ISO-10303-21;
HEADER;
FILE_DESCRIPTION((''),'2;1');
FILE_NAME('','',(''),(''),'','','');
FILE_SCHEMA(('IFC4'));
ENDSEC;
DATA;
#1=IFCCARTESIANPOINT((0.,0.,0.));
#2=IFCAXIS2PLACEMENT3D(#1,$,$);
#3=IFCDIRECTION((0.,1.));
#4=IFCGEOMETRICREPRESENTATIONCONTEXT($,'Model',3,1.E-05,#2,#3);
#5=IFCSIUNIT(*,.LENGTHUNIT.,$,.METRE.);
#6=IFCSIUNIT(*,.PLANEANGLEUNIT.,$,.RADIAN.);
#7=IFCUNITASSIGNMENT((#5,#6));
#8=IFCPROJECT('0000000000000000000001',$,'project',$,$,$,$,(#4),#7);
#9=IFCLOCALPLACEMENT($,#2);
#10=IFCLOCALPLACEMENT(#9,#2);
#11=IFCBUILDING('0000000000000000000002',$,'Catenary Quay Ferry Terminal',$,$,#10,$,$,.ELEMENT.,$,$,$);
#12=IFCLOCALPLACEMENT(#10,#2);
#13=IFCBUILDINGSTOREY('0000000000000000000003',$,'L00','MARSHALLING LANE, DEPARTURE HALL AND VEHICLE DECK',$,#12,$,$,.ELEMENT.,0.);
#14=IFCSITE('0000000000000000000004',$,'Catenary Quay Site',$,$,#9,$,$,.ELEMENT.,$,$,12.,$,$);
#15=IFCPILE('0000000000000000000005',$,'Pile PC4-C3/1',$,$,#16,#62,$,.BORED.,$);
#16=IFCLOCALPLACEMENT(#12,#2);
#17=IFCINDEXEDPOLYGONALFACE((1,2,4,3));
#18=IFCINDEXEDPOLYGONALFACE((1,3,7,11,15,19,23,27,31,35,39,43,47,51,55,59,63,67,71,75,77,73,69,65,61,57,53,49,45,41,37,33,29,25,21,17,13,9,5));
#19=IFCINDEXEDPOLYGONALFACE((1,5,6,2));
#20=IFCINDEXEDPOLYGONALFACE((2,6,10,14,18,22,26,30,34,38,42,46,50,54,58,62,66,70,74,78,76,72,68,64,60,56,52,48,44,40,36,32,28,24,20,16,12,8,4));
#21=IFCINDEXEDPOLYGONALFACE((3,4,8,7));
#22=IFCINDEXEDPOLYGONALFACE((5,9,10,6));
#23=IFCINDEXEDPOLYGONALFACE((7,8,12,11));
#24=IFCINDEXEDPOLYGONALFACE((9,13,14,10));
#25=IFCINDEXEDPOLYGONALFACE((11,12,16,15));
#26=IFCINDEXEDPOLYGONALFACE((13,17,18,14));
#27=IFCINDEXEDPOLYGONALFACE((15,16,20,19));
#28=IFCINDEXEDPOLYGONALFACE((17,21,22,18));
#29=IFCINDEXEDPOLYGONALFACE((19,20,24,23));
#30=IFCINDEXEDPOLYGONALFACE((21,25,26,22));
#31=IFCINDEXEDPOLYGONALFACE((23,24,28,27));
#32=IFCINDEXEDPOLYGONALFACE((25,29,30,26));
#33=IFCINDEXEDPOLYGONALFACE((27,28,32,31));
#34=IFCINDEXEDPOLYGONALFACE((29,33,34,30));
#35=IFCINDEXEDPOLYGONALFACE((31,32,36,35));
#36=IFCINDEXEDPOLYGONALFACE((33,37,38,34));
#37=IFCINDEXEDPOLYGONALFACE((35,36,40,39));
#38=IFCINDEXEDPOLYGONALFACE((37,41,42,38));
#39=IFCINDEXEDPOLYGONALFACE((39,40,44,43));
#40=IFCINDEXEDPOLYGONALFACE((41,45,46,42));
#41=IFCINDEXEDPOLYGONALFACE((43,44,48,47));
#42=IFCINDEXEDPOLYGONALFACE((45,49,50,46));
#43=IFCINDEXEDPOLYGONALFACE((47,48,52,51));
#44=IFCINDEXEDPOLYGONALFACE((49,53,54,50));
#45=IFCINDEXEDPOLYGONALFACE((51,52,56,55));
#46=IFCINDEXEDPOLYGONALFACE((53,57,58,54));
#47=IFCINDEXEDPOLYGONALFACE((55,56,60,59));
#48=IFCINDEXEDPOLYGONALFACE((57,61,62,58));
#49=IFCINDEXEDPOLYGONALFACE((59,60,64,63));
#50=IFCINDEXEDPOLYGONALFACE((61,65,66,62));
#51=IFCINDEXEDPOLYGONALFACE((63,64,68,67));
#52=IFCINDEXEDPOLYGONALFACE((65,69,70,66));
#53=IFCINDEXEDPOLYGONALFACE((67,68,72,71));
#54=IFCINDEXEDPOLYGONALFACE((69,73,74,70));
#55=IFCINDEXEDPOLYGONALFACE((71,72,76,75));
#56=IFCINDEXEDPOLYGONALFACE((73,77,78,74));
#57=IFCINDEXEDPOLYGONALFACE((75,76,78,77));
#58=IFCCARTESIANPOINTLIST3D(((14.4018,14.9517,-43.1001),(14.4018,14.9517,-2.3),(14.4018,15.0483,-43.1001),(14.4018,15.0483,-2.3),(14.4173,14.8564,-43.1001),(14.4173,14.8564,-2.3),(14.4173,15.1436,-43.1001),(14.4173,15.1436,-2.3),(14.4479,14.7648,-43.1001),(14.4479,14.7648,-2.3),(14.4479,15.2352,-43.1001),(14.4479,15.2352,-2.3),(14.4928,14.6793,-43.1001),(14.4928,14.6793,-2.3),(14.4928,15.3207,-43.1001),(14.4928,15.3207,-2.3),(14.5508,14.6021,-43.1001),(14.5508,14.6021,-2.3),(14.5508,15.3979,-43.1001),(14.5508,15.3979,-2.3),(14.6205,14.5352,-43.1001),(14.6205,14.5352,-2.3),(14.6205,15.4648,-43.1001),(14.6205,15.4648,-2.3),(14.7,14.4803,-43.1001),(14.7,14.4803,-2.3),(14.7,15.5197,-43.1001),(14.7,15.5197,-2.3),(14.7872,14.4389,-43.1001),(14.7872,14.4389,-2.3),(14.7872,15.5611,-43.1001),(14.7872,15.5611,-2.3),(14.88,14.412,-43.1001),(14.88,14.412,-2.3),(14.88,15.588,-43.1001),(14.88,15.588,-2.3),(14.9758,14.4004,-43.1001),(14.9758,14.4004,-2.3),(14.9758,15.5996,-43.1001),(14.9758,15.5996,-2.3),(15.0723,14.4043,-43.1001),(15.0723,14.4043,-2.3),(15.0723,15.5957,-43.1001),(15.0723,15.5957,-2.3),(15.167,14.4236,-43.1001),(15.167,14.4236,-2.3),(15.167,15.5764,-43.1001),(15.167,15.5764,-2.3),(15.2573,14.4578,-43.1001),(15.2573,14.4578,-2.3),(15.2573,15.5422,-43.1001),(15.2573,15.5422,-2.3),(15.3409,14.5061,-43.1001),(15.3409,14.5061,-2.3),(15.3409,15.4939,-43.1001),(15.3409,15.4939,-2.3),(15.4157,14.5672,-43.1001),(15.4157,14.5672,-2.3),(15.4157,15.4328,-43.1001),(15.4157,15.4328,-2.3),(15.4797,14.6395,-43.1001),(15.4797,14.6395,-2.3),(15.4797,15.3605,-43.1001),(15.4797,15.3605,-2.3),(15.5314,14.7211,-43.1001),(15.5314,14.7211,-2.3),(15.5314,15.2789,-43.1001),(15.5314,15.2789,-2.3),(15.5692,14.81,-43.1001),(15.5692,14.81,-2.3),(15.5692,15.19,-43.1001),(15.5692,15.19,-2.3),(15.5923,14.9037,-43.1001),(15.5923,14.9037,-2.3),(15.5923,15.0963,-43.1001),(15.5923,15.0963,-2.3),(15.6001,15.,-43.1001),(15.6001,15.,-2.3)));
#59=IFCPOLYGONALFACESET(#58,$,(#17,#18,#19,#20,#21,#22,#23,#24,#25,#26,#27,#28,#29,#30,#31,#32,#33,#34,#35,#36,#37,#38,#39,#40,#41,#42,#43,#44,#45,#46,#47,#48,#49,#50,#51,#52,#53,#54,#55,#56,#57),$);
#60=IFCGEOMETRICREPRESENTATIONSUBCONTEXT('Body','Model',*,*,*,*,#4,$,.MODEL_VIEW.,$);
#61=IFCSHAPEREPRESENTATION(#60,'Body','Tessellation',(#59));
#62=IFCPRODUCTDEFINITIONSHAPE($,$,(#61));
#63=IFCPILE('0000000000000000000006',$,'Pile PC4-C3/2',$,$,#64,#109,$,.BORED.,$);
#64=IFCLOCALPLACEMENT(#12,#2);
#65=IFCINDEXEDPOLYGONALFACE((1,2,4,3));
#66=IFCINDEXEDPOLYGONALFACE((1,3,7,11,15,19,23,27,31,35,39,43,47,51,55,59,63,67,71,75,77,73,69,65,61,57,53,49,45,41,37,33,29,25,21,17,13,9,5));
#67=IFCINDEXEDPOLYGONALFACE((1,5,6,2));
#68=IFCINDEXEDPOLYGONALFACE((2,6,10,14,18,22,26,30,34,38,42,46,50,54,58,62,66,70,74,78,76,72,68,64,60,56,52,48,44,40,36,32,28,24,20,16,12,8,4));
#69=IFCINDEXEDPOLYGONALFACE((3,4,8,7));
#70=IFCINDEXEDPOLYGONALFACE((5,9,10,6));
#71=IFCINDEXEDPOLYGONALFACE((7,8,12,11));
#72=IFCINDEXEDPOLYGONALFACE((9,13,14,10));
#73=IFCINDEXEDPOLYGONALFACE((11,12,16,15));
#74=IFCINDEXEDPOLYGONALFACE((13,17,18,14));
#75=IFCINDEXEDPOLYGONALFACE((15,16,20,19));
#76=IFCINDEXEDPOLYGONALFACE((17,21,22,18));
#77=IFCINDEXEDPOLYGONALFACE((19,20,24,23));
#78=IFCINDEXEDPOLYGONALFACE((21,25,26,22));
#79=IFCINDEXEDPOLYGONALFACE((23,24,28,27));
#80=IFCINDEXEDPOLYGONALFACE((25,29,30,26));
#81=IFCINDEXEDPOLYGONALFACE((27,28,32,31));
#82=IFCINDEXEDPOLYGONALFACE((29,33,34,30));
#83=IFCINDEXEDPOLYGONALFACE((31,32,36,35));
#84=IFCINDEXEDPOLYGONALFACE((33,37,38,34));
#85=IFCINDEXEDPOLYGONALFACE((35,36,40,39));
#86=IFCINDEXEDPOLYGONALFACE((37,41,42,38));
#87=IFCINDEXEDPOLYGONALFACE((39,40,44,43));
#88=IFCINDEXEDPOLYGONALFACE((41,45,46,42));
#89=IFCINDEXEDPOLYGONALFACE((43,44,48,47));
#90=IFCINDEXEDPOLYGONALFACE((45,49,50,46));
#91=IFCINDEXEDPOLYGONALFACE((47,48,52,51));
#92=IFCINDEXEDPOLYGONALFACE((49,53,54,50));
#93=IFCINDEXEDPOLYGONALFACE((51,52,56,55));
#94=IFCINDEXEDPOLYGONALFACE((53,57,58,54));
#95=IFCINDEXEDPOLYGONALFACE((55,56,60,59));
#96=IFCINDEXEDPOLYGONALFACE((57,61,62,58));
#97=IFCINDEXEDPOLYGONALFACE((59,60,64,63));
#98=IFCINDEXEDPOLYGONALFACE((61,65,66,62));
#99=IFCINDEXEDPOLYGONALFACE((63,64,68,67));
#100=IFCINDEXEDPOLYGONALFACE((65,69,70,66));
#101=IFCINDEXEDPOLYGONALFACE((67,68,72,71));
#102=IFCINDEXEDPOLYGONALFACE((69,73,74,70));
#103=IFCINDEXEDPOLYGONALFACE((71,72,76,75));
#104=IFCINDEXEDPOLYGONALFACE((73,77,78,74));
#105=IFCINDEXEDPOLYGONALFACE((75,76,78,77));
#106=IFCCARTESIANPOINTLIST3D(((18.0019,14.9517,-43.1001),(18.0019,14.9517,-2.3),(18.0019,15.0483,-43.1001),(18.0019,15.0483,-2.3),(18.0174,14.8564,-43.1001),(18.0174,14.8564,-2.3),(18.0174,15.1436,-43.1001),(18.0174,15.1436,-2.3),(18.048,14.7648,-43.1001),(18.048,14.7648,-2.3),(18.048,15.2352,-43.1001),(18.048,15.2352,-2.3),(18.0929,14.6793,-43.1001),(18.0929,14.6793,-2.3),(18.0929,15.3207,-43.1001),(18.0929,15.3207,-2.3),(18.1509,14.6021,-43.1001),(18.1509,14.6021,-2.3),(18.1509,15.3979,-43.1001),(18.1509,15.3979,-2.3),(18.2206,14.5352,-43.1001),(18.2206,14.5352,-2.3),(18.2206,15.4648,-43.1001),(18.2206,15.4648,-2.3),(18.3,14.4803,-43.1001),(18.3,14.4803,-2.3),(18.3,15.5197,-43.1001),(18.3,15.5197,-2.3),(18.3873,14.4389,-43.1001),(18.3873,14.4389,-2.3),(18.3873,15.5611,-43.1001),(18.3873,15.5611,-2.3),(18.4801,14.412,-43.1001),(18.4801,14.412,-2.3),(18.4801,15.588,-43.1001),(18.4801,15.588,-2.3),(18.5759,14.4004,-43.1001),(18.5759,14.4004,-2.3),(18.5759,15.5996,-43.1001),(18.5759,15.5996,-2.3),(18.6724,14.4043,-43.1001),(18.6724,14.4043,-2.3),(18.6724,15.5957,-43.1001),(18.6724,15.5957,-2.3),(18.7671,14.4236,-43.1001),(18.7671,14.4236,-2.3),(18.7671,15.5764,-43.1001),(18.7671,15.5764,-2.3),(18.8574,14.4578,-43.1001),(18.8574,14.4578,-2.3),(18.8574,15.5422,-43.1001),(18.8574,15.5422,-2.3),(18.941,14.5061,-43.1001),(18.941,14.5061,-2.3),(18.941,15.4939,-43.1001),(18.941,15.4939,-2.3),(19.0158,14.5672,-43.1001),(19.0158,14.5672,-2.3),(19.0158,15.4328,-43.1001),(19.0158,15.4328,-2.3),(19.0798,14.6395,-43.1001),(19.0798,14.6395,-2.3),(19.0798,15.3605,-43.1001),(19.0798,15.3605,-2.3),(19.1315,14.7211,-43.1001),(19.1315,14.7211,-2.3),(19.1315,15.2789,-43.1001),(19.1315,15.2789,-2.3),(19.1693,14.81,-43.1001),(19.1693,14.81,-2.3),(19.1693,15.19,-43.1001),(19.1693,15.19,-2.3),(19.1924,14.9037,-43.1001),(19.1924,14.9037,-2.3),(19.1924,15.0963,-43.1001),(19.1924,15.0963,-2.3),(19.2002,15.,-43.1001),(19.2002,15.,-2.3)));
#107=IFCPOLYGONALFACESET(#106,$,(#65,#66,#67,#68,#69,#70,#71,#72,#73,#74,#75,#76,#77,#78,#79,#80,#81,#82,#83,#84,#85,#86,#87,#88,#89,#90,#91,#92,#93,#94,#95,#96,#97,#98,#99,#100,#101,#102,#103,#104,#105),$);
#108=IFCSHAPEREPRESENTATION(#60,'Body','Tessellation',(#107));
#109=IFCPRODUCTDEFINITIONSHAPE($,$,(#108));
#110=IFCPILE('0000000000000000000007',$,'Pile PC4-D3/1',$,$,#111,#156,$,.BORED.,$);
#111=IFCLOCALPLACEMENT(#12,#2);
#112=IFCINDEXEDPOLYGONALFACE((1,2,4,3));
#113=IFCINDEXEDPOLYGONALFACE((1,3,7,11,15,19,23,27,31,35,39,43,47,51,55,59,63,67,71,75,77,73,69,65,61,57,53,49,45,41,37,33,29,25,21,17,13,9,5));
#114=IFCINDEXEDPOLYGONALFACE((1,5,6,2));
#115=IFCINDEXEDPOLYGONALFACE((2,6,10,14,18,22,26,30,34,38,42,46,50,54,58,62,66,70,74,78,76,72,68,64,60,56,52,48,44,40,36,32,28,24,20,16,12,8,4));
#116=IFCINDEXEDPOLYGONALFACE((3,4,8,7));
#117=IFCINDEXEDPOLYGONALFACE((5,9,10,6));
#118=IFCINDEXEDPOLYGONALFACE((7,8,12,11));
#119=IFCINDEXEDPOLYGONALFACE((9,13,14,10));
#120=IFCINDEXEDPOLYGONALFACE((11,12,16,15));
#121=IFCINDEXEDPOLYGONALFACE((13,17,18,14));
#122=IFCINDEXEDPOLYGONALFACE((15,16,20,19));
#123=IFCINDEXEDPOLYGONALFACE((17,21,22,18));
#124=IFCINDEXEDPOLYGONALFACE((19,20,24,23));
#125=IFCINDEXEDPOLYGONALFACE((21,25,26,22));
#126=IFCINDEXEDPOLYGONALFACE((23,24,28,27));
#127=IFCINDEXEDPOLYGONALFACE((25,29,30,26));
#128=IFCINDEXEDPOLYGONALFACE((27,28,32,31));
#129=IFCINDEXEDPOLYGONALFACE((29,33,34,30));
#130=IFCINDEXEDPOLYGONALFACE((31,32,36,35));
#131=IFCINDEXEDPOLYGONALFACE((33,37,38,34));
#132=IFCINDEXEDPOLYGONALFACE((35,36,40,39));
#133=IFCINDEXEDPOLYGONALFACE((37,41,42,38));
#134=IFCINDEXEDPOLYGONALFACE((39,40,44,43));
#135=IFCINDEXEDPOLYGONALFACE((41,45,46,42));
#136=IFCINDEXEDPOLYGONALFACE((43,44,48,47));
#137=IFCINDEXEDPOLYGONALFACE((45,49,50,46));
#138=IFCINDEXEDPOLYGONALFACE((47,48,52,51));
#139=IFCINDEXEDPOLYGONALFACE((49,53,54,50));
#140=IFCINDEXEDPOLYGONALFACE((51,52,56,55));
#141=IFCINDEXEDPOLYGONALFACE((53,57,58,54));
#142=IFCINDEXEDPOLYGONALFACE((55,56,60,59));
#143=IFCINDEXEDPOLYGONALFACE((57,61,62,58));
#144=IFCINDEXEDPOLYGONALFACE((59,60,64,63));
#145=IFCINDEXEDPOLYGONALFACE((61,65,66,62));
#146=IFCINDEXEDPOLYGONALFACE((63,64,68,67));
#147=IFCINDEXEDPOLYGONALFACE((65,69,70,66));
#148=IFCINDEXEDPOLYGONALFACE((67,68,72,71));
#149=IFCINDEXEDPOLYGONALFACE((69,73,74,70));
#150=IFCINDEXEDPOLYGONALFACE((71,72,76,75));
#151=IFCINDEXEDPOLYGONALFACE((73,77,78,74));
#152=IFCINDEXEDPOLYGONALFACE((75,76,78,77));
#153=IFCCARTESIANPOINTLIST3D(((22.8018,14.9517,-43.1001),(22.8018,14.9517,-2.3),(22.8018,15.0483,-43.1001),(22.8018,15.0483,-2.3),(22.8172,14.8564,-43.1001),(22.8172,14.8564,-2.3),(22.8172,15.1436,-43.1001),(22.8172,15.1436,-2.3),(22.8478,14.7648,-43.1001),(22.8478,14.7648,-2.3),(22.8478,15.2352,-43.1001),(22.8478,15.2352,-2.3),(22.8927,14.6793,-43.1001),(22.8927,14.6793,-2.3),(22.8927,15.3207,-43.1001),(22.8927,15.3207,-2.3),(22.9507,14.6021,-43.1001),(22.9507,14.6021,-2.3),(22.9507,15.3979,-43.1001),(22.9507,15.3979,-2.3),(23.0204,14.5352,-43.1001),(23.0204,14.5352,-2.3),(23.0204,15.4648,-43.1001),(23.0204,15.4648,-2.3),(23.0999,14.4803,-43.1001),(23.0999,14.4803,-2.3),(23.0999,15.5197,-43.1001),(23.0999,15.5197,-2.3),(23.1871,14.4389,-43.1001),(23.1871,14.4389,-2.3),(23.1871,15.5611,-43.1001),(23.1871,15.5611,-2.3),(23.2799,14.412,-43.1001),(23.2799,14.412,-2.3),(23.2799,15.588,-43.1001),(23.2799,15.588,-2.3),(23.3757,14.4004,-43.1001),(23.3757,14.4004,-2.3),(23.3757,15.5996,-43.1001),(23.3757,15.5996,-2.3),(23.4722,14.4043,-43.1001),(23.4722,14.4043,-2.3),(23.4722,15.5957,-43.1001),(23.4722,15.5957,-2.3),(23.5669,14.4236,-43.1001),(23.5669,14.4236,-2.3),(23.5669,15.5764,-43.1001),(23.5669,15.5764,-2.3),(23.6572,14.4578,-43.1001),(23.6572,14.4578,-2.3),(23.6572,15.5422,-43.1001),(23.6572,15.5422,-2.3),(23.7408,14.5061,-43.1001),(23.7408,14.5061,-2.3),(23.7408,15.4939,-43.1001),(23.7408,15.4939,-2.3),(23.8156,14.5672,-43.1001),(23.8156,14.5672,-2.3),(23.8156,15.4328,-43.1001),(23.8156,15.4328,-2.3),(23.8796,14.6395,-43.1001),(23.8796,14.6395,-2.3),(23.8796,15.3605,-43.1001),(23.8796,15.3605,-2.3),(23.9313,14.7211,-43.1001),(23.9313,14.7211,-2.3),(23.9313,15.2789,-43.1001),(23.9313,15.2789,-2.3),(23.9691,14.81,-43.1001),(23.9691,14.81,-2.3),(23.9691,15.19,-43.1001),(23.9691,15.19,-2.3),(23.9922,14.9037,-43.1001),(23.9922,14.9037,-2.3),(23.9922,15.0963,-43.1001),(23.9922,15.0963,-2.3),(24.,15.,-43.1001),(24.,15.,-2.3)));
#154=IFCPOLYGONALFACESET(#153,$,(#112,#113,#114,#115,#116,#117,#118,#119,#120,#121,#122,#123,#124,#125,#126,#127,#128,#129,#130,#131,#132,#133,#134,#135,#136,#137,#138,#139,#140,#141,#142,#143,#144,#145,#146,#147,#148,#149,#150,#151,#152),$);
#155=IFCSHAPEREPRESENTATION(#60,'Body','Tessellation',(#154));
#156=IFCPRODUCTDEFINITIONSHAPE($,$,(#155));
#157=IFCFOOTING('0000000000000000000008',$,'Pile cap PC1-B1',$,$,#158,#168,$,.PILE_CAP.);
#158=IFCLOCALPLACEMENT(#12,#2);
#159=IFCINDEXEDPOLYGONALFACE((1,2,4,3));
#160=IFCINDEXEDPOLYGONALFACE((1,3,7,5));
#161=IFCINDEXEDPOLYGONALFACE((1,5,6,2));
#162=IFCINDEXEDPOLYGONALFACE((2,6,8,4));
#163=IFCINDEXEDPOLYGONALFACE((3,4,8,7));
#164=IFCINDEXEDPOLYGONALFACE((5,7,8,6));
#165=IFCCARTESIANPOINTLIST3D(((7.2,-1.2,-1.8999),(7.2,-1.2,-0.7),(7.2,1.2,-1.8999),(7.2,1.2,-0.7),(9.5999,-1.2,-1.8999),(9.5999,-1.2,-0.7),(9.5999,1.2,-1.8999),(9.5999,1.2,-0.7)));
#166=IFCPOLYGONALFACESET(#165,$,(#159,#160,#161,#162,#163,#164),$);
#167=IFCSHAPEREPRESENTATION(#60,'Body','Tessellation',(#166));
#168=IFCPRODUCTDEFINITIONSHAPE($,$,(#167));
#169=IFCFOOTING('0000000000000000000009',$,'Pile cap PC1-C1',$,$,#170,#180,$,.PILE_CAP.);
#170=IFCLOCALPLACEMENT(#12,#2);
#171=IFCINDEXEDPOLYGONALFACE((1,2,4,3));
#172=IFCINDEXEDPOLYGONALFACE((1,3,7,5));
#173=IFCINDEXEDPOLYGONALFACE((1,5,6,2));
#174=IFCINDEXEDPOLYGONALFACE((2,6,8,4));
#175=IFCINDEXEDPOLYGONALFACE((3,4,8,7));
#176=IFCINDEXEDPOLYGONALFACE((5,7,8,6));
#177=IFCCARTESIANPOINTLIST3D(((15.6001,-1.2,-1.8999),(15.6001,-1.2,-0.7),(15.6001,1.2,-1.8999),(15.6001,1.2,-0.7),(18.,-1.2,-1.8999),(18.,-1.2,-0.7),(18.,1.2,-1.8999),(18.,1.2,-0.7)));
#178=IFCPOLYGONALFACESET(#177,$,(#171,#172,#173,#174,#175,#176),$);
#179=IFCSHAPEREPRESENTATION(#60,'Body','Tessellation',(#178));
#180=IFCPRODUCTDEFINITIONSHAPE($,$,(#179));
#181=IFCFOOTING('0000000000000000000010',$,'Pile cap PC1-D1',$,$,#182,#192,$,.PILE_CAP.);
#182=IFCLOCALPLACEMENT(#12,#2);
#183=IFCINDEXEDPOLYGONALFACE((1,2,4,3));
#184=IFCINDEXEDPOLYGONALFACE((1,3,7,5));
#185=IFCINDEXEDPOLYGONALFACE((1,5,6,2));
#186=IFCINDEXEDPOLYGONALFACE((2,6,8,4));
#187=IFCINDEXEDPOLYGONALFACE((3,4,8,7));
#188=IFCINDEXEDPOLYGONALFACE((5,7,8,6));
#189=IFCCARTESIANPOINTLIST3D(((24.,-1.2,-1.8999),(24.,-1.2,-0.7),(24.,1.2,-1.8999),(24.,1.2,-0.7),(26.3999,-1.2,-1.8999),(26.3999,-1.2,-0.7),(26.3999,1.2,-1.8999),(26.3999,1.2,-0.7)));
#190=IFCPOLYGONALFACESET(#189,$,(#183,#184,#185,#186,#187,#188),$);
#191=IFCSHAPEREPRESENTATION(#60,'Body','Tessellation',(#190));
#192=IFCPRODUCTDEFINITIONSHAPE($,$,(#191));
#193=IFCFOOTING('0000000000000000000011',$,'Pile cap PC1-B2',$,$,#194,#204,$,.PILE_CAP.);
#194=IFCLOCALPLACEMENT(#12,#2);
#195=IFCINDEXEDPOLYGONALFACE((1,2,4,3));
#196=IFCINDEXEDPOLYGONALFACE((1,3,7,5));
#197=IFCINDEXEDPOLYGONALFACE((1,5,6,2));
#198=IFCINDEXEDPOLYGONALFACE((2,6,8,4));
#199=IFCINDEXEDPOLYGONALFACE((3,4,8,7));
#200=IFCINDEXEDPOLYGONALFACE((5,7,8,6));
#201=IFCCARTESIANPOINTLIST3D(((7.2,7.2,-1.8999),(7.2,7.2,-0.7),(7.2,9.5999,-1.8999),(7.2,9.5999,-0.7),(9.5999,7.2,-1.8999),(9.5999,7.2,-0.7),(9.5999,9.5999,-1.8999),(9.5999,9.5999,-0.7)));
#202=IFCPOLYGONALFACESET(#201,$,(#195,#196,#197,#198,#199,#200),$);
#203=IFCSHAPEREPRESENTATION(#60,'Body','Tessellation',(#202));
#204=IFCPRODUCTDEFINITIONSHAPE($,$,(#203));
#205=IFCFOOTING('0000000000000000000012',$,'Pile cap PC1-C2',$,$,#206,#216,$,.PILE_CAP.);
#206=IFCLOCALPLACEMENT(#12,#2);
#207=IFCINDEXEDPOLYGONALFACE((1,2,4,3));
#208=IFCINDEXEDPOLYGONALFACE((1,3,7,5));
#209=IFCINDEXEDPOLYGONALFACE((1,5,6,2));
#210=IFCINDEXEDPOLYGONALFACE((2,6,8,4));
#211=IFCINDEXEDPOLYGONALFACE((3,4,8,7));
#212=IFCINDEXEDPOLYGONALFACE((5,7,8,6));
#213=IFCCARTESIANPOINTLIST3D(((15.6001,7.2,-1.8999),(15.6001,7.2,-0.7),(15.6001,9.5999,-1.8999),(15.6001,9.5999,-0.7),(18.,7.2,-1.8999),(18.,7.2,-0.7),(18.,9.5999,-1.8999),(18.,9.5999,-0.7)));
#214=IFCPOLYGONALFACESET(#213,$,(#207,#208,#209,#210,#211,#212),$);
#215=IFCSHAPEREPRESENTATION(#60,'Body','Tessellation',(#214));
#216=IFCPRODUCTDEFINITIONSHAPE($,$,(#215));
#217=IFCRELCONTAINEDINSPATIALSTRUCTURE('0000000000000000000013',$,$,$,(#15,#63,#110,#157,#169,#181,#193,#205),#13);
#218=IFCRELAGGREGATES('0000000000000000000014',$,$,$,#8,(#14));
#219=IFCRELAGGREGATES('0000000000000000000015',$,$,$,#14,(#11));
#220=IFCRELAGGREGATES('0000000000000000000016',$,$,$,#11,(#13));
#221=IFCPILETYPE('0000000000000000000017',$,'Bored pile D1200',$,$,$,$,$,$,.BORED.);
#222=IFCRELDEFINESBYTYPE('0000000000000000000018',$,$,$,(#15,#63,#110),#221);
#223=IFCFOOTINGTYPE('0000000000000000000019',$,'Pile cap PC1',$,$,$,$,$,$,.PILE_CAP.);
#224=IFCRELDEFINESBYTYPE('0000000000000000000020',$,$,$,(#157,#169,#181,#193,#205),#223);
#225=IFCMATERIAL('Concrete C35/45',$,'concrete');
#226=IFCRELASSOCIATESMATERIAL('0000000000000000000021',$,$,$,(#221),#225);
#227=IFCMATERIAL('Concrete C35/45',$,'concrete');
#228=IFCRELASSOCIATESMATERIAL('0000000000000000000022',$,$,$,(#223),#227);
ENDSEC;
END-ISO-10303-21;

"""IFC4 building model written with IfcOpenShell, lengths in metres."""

from ifc_helpers import new_model, si_unit, direction, frame, origin, origin_2d, place, context, subcontext, project, spatial, rectangle, circle, extrude, material, material_profile, profile_set, type_object, element, save


model = new_model("IFC4")

# Units and contexts
model_context = context("Model", 3, precision=1e-05, world=origin(), true_north=direction((0.0, 1.0)))
body_context = subcontext(model_context, "Body", "Model", "MODEL_VIEW")
ifc_project = project(units=[si_unit("LENGTHUNIT", "METRE"), si_unit("PLANEANGLEUNIT", "RADIAN")], contexts=[model_context])

# Site, building, storey
site_placement = place(None, origin())
site = spatial("IfcSite", under=ifc_project, at=site_placement, Name="Catenary Quay Site", CompositionType="ELEMENT", RefElevation=12.0)
building_placement = place(site_placement, origin())
building = spatial("IfcBuilding", under=site, at=building_placement, Name="Catenary Quay Ferry Terminal", CompositionType="ELEMENT")
storey_placement = place(building_placement, origin())
storey = spatial("IfcBuildingStorey", under=building, at=storey_placement, Name="L00", Description="MARSHALLING LANE, DEPARTURE HALL AND VEHICLE DECK", CompositionType="ELEMENT", Elevation=0.0)

# Piles
ifc_material_1 = material(Name="Concrete C35/45", Category="concrete")
ifc_material_profile_1 = material_profile(ifc_material_1, circle(Radius=0.6001, at=origin_2d()), Name="D1200")
ifc_profile_set_1 = profile_set([ifc_material_profile_1], Name="Concrete C35/45")
pile_type = type_object("IfcPileType", Name="Bored pile D1200", PredefinedType="BORED", material=ifc_profile_set_1)
for number, where, z_axis, x_axis, name in (
    (1, (15.0, 15.0, -2.3), (0.0, 0.0, -1.0), (1.0, 0.0, 0.0), "Pile PC4-C3/1"),
    (2, (18.6001, 15.0, -2.3), (0.0, 0.0, -1.0), (1.0, 0.0, 0.0), "Pile PC4-C3/2"),
    (3, (23.3999, 15.0, -2.3), (0.0, 0.0, -1.0), (1.0, 0.0, 0.0), "Pile PC4-D3/1"),
):
    element("IfcPile", number, at=place(storey_placement, frame(where, z_axis=z_axis, x_axis=x_axis)), inside=storey, type_object=pile_type, Name=name, PredefinedType="BORED", context=body_context, shape_type="SweptSolid", body=[
        extrude(circle(Radius=0.6001, at=origin_2d()), origin(), (0.0, 0.0, 1.0), 40.8),
    ])

# Footings
ifc_material_2 = material(Name="Concrete C35/45", Category="concrete")
footing_type_1 = type_object("IfcFootingType", Name="Pile cap PC1", PredefinedType="PILE_CAP", material=ifc_material_2)
for number, where, z_axis, x_axis, name in (
    (4, (8.3999, 0.0, -1.8999), (0.0, 0.0, 1.0), (1.0, 0.0, 0.0), "Pile cap PC1-B1"),
    (5, (16.8, 0.0, -1.8999), (0.0, 0.0, 1.0), (1.0, 0.0, 0.0), "Pile cap PC1-C1"),
    (6, (25.2, 0.0, -1.8999), (0.0, 0.0, 1.0), (1.0, 0.0, 0.0), "Pile cap PC1-D1"),
    (7, (8.3999, 8.3999, -1.8999), (0.0, 0.0, 1.0), (1.0, 0.0, 0.0), "Pile cap PC1-B2"),
    (8, (16.8, 8.3999, -1.8999), (0.0, 0.0, 1.0), (1.0, 0.0, 0.0), "Pile cap PC1-C2"),
):
    element("IfcFooting", number, at=place(storey_placement, frame(where, z_axis=z_axis, x_axis=x_axis)), inside=storey, type_object=footing_type_1, Name=name, PredefinedType="PILE_CAP", context=body_context, shape_type="SweptSolid", body=[
        extrude(rectangle(XDim=2.3999, YDim=2.3999, at=origin_2d()), origin(), (0.0, 0.0, 1.0), 1.2),
    ])

save(model, "model.ifc")
